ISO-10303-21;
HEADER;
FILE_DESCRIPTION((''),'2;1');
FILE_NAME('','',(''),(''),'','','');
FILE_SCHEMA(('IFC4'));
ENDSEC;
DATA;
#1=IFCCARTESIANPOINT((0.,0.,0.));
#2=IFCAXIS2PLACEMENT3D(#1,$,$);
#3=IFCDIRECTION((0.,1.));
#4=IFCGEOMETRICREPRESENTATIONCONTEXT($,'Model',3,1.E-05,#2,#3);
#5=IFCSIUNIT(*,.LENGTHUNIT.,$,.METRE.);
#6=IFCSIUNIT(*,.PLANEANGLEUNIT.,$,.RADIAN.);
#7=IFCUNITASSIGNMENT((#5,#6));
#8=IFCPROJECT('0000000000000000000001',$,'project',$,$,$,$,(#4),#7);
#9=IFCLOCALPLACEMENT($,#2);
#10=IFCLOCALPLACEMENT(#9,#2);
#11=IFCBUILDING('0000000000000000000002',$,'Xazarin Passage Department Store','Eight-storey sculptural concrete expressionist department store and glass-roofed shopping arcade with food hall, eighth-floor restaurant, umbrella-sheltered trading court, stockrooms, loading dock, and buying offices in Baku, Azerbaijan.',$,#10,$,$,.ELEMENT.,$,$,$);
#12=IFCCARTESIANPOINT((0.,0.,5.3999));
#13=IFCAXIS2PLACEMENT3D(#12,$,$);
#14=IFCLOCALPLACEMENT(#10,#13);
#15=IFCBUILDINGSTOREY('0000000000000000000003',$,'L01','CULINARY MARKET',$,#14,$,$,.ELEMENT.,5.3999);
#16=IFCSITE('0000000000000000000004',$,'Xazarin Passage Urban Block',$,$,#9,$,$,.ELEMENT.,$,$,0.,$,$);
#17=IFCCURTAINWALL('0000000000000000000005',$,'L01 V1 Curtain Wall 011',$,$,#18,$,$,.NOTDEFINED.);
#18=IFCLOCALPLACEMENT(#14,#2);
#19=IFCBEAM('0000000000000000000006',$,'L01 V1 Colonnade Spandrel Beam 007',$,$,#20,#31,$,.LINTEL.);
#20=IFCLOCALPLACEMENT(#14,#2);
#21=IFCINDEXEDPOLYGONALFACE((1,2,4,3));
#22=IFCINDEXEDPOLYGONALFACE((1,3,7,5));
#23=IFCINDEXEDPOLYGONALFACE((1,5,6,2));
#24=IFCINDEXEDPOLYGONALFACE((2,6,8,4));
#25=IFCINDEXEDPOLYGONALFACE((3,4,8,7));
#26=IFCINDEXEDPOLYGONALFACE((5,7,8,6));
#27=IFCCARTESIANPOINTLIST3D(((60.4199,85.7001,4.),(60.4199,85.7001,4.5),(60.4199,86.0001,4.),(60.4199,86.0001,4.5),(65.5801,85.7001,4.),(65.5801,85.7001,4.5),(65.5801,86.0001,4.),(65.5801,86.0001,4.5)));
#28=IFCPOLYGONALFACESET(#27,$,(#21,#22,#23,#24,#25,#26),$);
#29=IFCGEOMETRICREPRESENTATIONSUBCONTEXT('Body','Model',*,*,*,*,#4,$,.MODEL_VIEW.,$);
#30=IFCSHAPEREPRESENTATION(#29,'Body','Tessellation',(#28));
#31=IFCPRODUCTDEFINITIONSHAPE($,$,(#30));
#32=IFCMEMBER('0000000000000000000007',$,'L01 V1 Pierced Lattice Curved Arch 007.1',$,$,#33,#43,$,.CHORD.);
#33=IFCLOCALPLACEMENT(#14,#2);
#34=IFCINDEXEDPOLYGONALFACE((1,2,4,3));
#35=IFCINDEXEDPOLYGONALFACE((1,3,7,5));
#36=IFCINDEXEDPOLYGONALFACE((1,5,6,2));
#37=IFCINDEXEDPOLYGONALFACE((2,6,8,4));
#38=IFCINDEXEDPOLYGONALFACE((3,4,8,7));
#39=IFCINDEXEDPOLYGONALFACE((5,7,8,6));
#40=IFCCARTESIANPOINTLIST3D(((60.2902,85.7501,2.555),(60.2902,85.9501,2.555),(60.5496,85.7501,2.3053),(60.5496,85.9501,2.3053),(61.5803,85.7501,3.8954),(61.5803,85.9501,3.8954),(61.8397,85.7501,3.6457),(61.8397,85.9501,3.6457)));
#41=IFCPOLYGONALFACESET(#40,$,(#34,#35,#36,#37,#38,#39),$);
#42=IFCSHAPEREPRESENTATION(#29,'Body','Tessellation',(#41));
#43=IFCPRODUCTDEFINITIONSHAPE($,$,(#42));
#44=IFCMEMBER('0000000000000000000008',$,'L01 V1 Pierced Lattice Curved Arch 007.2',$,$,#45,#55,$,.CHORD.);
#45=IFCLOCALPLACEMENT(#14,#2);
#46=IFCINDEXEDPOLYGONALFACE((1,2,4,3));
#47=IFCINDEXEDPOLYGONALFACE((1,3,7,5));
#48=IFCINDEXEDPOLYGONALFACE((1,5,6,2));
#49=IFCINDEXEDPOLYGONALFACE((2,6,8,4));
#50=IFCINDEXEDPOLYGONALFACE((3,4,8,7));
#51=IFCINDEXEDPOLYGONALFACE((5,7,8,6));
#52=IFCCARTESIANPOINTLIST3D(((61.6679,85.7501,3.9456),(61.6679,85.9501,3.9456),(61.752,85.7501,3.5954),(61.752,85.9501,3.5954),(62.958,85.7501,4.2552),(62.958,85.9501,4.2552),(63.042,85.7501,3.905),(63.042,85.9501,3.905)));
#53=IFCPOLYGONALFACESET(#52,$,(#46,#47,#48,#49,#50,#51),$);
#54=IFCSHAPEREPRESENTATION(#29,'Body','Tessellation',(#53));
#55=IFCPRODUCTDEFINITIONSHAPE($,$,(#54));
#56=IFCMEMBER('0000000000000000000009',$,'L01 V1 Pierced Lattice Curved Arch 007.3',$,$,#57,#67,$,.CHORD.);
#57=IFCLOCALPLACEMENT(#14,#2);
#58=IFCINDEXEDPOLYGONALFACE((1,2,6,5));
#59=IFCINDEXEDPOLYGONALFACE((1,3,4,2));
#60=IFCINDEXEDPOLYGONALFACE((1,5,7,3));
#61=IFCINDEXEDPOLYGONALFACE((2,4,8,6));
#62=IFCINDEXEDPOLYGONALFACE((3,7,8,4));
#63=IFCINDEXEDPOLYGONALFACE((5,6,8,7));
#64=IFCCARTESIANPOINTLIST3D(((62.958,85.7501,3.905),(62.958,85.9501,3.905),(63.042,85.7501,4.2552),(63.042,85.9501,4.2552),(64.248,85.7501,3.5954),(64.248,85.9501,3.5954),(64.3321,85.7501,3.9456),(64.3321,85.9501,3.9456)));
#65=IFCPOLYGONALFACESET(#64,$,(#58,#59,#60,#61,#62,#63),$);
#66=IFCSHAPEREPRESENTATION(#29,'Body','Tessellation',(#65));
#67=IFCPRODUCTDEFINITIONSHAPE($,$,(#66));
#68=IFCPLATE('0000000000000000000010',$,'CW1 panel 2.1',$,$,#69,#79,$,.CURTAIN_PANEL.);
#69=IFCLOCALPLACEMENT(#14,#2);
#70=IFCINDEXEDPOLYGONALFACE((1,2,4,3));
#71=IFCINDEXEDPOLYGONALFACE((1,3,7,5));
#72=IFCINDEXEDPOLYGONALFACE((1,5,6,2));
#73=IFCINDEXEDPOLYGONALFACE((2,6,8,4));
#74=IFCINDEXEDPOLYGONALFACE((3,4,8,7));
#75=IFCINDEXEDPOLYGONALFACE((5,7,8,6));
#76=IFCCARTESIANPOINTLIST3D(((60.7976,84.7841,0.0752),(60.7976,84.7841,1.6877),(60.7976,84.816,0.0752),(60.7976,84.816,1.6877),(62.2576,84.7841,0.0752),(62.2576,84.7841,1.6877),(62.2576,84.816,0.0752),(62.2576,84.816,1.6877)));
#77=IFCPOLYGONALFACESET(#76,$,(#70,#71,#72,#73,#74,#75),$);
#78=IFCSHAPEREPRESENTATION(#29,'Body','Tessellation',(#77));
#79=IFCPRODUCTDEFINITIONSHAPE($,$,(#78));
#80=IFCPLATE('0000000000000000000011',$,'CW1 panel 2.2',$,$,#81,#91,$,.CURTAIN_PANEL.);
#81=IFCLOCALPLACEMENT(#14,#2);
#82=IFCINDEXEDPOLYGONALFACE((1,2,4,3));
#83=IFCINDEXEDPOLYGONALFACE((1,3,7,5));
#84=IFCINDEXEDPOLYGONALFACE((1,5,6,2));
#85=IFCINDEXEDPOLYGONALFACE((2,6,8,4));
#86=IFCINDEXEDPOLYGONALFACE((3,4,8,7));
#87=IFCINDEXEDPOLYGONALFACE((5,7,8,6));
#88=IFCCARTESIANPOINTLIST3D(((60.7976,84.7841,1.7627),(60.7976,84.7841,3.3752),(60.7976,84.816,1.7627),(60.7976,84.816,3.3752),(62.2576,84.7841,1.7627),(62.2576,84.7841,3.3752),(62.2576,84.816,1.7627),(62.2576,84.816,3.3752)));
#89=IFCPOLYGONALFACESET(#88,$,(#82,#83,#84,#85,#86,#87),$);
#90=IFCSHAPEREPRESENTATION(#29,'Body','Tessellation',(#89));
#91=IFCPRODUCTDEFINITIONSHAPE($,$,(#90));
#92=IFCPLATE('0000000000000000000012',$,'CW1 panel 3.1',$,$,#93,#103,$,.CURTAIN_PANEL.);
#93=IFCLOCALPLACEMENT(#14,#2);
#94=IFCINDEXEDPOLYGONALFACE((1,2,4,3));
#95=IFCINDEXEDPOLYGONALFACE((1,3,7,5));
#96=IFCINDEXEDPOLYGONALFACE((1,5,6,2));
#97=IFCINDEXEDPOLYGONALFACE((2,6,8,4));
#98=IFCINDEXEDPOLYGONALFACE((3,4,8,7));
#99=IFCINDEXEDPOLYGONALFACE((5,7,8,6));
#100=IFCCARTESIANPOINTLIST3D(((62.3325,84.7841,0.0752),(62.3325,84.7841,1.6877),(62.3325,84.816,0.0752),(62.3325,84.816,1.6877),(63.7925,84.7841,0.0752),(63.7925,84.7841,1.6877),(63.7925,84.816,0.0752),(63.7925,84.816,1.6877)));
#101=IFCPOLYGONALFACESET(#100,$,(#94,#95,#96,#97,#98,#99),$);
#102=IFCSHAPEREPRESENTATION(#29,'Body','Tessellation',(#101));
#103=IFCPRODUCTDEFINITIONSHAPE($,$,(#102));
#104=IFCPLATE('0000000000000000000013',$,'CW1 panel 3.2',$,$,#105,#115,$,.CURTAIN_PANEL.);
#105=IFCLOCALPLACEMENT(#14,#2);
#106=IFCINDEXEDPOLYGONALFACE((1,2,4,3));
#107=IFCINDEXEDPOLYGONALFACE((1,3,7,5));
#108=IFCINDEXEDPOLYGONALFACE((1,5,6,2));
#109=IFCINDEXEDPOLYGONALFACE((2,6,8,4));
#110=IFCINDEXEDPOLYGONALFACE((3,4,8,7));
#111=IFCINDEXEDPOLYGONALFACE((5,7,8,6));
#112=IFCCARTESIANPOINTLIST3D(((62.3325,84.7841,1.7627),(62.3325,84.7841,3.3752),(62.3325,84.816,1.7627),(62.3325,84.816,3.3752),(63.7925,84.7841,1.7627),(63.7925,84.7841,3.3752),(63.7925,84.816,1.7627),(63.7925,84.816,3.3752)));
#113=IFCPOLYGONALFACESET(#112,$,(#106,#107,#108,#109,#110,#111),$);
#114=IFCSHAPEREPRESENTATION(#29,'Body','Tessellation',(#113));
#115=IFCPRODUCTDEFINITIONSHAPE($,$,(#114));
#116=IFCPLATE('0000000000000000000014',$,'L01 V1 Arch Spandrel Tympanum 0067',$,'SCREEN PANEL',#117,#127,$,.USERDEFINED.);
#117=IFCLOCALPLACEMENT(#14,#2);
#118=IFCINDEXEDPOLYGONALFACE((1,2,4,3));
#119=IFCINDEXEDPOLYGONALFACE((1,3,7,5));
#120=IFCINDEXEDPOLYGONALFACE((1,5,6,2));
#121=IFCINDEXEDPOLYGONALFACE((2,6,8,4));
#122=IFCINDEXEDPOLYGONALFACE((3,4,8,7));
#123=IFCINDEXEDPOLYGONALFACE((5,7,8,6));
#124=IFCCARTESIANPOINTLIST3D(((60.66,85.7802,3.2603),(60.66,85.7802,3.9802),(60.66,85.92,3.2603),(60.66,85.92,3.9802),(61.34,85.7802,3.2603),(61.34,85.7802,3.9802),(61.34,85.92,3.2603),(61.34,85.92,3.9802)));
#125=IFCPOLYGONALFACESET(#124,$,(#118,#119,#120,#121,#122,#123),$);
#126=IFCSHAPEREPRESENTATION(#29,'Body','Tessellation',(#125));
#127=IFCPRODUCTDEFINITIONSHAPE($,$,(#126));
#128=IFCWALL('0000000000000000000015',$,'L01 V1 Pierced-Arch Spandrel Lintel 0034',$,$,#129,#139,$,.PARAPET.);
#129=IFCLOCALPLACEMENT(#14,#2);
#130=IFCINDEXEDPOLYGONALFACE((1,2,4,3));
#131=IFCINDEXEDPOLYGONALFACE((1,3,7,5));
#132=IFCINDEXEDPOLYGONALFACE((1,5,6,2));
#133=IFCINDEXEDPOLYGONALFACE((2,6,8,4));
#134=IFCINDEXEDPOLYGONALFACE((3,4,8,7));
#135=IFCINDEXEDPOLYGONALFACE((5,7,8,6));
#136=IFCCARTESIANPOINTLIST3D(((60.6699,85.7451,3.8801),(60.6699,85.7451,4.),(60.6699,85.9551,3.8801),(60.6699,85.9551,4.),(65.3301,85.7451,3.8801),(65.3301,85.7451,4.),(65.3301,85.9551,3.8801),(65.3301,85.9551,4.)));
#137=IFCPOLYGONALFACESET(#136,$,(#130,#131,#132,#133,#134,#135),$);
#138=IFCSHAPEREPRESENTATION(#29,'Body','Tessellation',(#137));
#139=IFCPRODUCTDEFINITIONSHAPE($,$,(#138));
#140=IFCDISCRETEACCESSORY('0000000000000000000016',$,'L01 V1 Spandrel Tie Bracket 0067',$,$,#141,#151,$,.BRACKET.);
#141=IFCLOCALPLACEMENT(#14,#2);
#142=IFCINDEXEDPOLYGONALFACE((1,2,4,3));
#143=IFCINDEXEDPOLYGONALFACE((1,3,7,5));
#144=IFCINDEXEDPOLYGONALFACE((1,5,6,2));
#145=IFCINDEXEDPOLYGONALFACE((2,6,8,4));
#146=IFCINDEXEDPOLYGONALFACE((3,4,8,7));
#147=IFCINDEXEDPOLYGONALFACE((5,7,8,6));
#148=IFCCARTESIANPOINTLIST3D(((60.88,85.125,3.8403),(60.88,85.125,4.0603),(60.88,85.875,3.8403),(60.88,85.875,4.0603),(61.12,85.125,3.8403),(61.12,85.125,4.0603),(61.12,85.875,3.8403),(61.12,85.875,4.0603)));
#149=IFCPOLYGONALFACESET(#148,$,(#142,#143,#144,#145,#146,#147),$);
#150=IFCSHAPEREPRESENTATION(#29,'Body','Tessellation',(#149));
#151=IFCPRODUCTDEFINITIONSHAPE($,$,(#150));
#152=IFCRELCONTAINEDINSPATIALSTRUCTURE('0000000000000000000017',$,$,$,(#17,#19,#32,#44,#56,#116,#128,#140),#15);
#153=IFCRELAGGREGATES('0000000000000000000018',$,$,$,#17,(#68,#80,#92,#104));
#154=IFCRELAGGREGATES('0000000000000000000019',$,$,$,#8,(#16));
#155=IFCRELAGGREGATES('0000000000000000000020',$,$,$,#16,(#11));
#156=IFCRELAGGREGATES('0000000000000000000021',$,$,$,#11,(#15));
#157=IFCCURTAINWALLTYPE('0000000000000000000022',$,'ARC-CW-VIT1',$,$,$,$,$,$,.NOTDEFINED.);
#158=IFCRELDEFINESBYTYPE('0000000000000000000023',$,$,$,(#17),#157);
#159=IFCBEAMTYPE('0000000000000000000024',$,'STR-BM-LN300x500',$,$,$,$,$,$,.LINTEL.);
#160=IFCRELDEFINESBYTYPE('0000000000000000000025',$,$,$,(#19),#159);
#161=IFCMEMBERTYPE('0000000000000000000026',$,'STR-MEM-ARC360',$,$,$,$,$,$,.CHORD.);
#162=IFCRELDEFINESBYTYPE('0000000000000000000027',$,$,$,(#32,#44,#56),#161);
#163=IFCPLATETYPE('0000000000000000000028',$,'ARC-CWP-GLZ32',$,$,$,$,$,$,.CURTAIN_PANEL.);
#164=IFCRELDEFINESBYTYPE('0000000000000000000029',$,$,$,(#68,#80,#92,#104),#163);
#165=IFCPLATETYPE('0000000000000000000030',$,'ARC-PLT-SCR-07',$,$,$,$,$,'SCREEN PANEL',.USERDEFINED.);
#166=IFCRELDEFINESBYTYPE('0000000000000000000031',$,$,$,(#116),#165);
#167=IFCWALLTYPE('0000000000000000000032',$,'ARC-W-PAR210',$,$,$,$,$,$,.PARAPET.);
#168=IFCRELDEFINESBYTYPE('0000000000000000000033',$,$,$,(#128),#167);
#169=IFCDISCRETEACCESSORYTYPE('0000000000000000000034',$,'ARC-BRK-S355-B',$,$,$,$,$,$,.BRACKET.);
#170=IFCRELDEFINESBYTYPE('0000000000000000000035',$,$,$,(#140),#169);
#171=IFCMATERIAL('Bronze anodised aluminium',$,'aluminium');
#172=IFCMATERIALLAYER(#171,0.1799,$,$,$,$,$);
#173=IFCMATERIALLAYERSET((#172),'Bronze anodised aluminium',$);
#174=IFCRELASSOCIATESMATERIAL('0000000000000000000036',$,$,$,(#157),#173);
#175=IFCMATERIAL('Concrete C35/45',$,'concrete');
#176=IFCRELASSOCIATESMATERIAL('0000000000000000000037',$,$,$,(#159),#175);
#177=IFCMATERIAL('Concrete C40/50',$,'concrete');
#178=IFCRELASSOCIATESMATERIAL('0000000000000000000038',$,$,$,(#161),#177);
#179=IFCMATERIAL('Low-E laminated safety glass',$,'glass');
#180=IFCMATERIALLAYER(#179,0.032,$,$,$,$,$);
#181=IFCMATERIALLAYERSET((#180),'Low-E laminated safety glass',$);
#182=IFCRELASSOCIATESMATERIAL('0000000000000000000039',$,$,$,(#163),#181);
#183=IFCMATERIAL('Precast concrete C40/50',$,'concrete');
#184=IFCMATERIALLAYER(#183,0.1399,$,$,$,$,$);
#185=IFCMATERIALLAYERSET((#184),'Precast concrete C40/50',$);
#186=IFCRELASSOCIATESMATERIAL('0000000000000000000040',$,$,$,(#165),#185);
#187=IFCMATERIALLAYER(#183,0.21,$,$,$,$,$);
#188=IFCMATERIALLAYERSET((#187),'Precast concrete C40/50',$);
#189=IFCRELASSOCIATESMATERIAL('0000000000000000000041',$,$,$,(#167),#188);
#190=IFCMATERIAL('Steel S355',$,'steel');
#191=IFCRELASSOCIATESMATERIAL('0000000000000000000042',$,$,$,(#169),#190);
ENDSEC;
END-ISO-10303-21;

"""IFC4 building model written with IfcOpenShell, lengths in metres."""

from ifc_helpers import new_model, si_unit, direction, frame, frame_2d, origin, origin_2d, place, context, subcontext, project, spatial, rectangle, extrude, material, layer, layer_set, material_profile, profile_set, type_object, element, aggregate, save


model = new_model("IFC4")

# Units and contexts
model_context = context("Model", 3, precision=1e-05, world=origin(), true_north=direction((0.0, 1.0)))
body_context = subcontext(model_context, "Body", "Model", "MODEL_VIEW")
ifc_project = project(units=[si_unit("LENGTHUNIT", "METRE"), si_unit("PLANEANGLEUNIT", "RADIAN")], contexts=[model_context])

# Site, building, storey
site_placement = place(None, origin())
site = spatial("IfcSite", under=ifc_project, at=site_placement, Name="Xazarin Passage Urban Block", CompositionType="ELEMENT", RefElevation=0.0)
building_placement = place(site_placement, origin())
building = spatial("IfcBuilding", under=site, at=building_placement, Name="Xazarin Passage Department Store", Description="Eight-storey sculptural concrete expressionist department store and glass-roofed shopping arcade with food hall, eighth-floor restaurant, umbrella-sheltered trading court, stockrooms, loading dock, and buying offices in Baku, Azerbaijan.", CompositionType="ELEMENT")
storey_placement = place(building_placement, frame((0.0, 0.0, 5.3999)))
storey = spatial("IfcBuildingStorey", under=building, at=storey_placement, Name="L01", Description="CULINARY MARKET", CompositionType="ELEMENT", Elevation=5.3999)

# Shared definitions
ifc_material_1 = material(Name="Concrete C40/50", Category="concrete")

# Curtain wall
ifc_material_2 = material(Name="Bronze anodised aluminium", Category="aluminium")
ifc_layer_1 = layer(ifc_material_2, 0.1799)
ifc_layer_set_1 = layer_set([ifc_layer_1], Name="Bronze anodised aluminium")
curtain_wall_type = type_object("IfcCurtainWallType", Name="ARC-CW-VIT1", PredefinedType="NOTDEFINED", material=ifc_layer_set_1)
curtain_wall_placement = place(storey_placement, origin())
curtain_wall = element("IfcCurtainWall", 1, at=curtain_wall_placement, inside=storey, type_object=curtain_wall_type, Name="L01 V1 Curtain Wall 011", PredefinedType="NOTDEFINED")

# Beam
ifc_material_3 = material(Name="Concrete C35/45", Category="concrete")
ifc_material_profile_1 = material_profile(ifc_material_3, rectangle(XDim=0.3, YDim=0.5, at=origin_2d()), Name="RC 300x500")
ifc_profile_set_1 = profile_set([ifc_material_profile_1], Name="Concrete C35/45")
beam_type = type_object("IfcBeamType", Name="STR-BM-LN300x500", PredefinedType="LINTEL", material=ifc_profile_set_1)
beam_placement = place(storey_placement, frame((60.4199, 85.8501, 4.25), z_axis=(1.0, 0.0, 0.0), x_axis=(0.0, 1.0, 0.0)))
element("IfcBeam", 2, at=beam_placement, inside=storey, type_object=beam_type, Name="L01 V1 Colonnade Spandrel Beam 007", PredefinedType="LINTEL", context=body_context, shape_type="SweptSolid", body=[
    extrude(rectangle(XDim=0.3, YDim=0.5, at=origin_2d()), origin(), (0.0, 0.0, 1.0), 5.1602),
])

# Members
ifc_material_profile_2 = material_profile(ifc_material_1, rectangle(XDim=0.2, YDim=0.3601, at=origin_2d()), Name="RC 200x360")
ifc_profile_set_2 = profile_set([ifc_material_profile_2], Name="Concrete C40/50")
member_type_1 = type_object("IfcMemberType", Name="STR-MEM-ARC360", PredefinedType="CHORD", material=ifc_profile_set_2)
member_1_placement = place(storey_placement, frame((60.4199, 85.8501, 2.4302), z_axis=(0.69346, 0.0, 0.720495), x_axis=(0.0, 1.0, 0.0)))
element("IfcMember", 3, at=member_1_placement, inside=storey, type_object=member_type_1, Name="L01 V1 Pierced Lattice Curved Arch 007.1", PredefinedType="CHORD", context=body_context, shape_type="SweptSolid", body=[
    extrude(rectangle(XDim=0.2, YDim=0.3601, at=origin_2d()), origin(), (0.0, 0.0, 1.0), 1.8604),
])
for number, where, z_axis, x_axis, name in (
    (4, (61.71, 85.8501, 3.7705), (0.972394, 0.0, 0.233345), (0.0, 1.0, 0.0), "L01 V1 Pierced Lattice Curved Arch 007.2"),
    (5, (63.0, 85.8501, 4.0801), (0.972394, 0.0, -0.233345), (0.0, 1.0, 0.0), "L01 V1 Pierced Lattice Curved Arch 007.3"),
):
    element("IfcMember", number, at=place(storey_placement, frame(where, z_axis=z_axis, x_axis=x_axis)), inside=storey, type_object=member_type_1, Name=name, PredefinedType="CHORD", context=body_context, shape_type="SweptSolid", body=[
        extrude(rectangle(XDim=0.2, YDim=0.3601, at=origin_2d()), origin(), (0.0, 0.0, 1.0), 1.3267),
    ])

# Plates
ifc_material_4 = material(Name="Low-E laminated safety glass", Category="glass")
ifc_layer_2 = layer(ifc_material_4, 0.032)
ifc_layer_set_2 = layer_set([ifc_layer_2], Name="Low-E laminated safety glass")
plate_type_1 = type_object("IfcPlateType", Name="ARC-CWP-GLZ32", PredefinedType="CURTAIN_PANEL", material=ifc_layer_set_2)
plate_1_placement = place(storey_placement, frame((61.5276, 84.8, 0.0752), z_axis=(0.0, 0.0, 1.0), x_axis=(1.0, 0.0, 0.0)))
plate_1 = element("IfcPlate", 6, at=plate_1_placement, type_object=plate_type_1, Name="CW1 panel 2.1", PredefinedType="CURTAIN_PANEL", context=body_context, shape_type="SweptSolid", body=[
    extrude(rectangle(XDim=1.46, YDim=0.032, at=origin_2d()), origin(), (0.0, 0.0, 1.0), 1.6125),
])
plate_2_placement = place(storey_placement, frame((61.5276, 84.8, 1.7627), z_axis=(0.0, 0.0, 1.0), x_axis=(1.0, 0.0, 0.0)))
plate_2 = element("IfcPlate", 7, at=plate_2_placement, type_object=plate_type_1, Name="CW1 panel 2.2", PredefinedType="CURTAIN_PANEL", context=body_context, shape_type="SweptSolid", body=[
    extrude(rectangle(XDim=1.46, YDim=0.032, at=origin_2d()), origin(), (0.0, 0.0, 1.0), 1.6125),
])
plate_3_placement = place(storey_placement, frame((63.0625, 84.8, 0.0752), z_axis=(0.0, 0.0, 1.0), x_axis=(1.0, 0.0, 0.0)))
plate_3 = element("IfcPlate", 8, at=plate_3_placement, type_object=plate_type_1, Name="CW1 panel 3.1", PredefinedType="CURTAIN_PANEL", context=body_context, shape_type="SweptSolid", body=[
    extrude(rectangle(XDim=1.46, YDim=0.032, at=origin_2d()), origin(), (0.0, 0.0, 1.0), 1.6125),
])
plate_4_placement = place(storey_placement, frame((63.0625, 84.8, 1.7627), z_axis=(0.0, 0.0, 1.0), x_axis=(1.0, 0.0, 0.0)))
plate_4 = element("IfcPlate", 9, at=plate_4_placement, type_object=plate_type_1, Name="CW1 panel 3.2", PredefinedType="CURTAIN_PANEL", context=body_context, shape_type="SweptSolid", body=[
    extrude(rectangle(XDim=1.46, YDim=0.032, at=origin_2d()), origin(), (0.0, 0.0, 1.0), 1.6125),
])
aggregate(curtain_wall, [plate_1, plate_2, plate_3, plate_4])
ifc_material_5 = material(Name="Precast concrete C40/50", Category="concrete")
ifc_layer_3 = layer(ifc_material_5, 0.1399)
ifc_layer_set_3 = layer_set([ifc_layer_3], Name="Precast concrete C40/50")
plate_type_2 = type_object("IfcPlateType", Name="ARC-PLT-SCR-07", ElementType="SCREEN PANEL", PredefinedType="USERDEFINED", material=ifc_layer_set_3)
plate_5_placement = place(storey_placement, frame((61.0, 85.8501, 3.2603), z_axis=(0.0, 0.0, 1.0), x_axis=(1.0, 0.0, 0.0)))
element("IfcPlate", 10, at=plate_5_placement, inside=storey, type_object=plate_type_2, Name="L01 V1 Arch Spandrel Tympanum 0067", ObjectType="SCREEN PANEL", PredefinedType="USERDEFINED", context=body_context, shape_type="SweptSolid", body=[
    extrude(rectangle(XDim=0.6799, YDim=0.1399, at=origin_2d()), origin(), (0.0, 0.0, 1.0), 0.72),
])

# Wall
ifc_layer_4 = layer(ifc_material_5, 0.21)
ifc_layer_set_4 = layer_set([ifc_layer_4], Name="Precast concrete C40/50")
wall_type = type_object("IfcWallType", Name="ARC-W-PAR210", PredefinedType="PARAPET", material=ifc_layer_set_4)
wall_placement = place(storey_placement, frame((60.6699, 85.8501, 3.8801), z_axis=(0.0, 0.0, 1.0), x_axis=(1.0, 0.0, 0.0)))
element("IfcWall", 11, at=wall_placement, inside=storey, type_object=wall_type, Name="L01 V1 Pierced-Arch Spandrel Lintel 0034", PredefinedType="PARAPET", context=body_context, shape_type="SweptSolid", body=[
    extrude(rectangle(XDim=4.6602, YDim=0.21, at=frame_2d((2.3301, 0.0))), origin(), (0.0, 0.0, 1.0), 0.1199),
])

# Discrete accessory
ifc_material_6 = material(Name="Steel S355", Category="steel")
discrete_accessory_type = type_object("IfcDiscreteAccessoryType", Name="ARC-BRK-S355-B", PredefinedType="BRACKET", material=ifc_material_6)
discrete_accessory_placement = place(storey_placement, frame((61.0, 85.5, 3.8403), z_axis=(0.0, 0.0, 1.0), x_axis=(1.0, 0.0, 0.0)))
element("IfcDiscreteAccessory", 12, at=discrete_accessory_placement, inside=storey, type_object=discrete_accessory_type, Name="L01 V1 Spandrel Tie Bracket 0067", PredefinedType="BRACKET", context=body_context, shape_type="SweptSolid", body=[
    extrude(rectangle(XDim=0.24, YDim=0.75, at=origin_2d()), origin(), (0.0, 0.0, 1.0), 0.22),
])

save(model, "model.ifc")
